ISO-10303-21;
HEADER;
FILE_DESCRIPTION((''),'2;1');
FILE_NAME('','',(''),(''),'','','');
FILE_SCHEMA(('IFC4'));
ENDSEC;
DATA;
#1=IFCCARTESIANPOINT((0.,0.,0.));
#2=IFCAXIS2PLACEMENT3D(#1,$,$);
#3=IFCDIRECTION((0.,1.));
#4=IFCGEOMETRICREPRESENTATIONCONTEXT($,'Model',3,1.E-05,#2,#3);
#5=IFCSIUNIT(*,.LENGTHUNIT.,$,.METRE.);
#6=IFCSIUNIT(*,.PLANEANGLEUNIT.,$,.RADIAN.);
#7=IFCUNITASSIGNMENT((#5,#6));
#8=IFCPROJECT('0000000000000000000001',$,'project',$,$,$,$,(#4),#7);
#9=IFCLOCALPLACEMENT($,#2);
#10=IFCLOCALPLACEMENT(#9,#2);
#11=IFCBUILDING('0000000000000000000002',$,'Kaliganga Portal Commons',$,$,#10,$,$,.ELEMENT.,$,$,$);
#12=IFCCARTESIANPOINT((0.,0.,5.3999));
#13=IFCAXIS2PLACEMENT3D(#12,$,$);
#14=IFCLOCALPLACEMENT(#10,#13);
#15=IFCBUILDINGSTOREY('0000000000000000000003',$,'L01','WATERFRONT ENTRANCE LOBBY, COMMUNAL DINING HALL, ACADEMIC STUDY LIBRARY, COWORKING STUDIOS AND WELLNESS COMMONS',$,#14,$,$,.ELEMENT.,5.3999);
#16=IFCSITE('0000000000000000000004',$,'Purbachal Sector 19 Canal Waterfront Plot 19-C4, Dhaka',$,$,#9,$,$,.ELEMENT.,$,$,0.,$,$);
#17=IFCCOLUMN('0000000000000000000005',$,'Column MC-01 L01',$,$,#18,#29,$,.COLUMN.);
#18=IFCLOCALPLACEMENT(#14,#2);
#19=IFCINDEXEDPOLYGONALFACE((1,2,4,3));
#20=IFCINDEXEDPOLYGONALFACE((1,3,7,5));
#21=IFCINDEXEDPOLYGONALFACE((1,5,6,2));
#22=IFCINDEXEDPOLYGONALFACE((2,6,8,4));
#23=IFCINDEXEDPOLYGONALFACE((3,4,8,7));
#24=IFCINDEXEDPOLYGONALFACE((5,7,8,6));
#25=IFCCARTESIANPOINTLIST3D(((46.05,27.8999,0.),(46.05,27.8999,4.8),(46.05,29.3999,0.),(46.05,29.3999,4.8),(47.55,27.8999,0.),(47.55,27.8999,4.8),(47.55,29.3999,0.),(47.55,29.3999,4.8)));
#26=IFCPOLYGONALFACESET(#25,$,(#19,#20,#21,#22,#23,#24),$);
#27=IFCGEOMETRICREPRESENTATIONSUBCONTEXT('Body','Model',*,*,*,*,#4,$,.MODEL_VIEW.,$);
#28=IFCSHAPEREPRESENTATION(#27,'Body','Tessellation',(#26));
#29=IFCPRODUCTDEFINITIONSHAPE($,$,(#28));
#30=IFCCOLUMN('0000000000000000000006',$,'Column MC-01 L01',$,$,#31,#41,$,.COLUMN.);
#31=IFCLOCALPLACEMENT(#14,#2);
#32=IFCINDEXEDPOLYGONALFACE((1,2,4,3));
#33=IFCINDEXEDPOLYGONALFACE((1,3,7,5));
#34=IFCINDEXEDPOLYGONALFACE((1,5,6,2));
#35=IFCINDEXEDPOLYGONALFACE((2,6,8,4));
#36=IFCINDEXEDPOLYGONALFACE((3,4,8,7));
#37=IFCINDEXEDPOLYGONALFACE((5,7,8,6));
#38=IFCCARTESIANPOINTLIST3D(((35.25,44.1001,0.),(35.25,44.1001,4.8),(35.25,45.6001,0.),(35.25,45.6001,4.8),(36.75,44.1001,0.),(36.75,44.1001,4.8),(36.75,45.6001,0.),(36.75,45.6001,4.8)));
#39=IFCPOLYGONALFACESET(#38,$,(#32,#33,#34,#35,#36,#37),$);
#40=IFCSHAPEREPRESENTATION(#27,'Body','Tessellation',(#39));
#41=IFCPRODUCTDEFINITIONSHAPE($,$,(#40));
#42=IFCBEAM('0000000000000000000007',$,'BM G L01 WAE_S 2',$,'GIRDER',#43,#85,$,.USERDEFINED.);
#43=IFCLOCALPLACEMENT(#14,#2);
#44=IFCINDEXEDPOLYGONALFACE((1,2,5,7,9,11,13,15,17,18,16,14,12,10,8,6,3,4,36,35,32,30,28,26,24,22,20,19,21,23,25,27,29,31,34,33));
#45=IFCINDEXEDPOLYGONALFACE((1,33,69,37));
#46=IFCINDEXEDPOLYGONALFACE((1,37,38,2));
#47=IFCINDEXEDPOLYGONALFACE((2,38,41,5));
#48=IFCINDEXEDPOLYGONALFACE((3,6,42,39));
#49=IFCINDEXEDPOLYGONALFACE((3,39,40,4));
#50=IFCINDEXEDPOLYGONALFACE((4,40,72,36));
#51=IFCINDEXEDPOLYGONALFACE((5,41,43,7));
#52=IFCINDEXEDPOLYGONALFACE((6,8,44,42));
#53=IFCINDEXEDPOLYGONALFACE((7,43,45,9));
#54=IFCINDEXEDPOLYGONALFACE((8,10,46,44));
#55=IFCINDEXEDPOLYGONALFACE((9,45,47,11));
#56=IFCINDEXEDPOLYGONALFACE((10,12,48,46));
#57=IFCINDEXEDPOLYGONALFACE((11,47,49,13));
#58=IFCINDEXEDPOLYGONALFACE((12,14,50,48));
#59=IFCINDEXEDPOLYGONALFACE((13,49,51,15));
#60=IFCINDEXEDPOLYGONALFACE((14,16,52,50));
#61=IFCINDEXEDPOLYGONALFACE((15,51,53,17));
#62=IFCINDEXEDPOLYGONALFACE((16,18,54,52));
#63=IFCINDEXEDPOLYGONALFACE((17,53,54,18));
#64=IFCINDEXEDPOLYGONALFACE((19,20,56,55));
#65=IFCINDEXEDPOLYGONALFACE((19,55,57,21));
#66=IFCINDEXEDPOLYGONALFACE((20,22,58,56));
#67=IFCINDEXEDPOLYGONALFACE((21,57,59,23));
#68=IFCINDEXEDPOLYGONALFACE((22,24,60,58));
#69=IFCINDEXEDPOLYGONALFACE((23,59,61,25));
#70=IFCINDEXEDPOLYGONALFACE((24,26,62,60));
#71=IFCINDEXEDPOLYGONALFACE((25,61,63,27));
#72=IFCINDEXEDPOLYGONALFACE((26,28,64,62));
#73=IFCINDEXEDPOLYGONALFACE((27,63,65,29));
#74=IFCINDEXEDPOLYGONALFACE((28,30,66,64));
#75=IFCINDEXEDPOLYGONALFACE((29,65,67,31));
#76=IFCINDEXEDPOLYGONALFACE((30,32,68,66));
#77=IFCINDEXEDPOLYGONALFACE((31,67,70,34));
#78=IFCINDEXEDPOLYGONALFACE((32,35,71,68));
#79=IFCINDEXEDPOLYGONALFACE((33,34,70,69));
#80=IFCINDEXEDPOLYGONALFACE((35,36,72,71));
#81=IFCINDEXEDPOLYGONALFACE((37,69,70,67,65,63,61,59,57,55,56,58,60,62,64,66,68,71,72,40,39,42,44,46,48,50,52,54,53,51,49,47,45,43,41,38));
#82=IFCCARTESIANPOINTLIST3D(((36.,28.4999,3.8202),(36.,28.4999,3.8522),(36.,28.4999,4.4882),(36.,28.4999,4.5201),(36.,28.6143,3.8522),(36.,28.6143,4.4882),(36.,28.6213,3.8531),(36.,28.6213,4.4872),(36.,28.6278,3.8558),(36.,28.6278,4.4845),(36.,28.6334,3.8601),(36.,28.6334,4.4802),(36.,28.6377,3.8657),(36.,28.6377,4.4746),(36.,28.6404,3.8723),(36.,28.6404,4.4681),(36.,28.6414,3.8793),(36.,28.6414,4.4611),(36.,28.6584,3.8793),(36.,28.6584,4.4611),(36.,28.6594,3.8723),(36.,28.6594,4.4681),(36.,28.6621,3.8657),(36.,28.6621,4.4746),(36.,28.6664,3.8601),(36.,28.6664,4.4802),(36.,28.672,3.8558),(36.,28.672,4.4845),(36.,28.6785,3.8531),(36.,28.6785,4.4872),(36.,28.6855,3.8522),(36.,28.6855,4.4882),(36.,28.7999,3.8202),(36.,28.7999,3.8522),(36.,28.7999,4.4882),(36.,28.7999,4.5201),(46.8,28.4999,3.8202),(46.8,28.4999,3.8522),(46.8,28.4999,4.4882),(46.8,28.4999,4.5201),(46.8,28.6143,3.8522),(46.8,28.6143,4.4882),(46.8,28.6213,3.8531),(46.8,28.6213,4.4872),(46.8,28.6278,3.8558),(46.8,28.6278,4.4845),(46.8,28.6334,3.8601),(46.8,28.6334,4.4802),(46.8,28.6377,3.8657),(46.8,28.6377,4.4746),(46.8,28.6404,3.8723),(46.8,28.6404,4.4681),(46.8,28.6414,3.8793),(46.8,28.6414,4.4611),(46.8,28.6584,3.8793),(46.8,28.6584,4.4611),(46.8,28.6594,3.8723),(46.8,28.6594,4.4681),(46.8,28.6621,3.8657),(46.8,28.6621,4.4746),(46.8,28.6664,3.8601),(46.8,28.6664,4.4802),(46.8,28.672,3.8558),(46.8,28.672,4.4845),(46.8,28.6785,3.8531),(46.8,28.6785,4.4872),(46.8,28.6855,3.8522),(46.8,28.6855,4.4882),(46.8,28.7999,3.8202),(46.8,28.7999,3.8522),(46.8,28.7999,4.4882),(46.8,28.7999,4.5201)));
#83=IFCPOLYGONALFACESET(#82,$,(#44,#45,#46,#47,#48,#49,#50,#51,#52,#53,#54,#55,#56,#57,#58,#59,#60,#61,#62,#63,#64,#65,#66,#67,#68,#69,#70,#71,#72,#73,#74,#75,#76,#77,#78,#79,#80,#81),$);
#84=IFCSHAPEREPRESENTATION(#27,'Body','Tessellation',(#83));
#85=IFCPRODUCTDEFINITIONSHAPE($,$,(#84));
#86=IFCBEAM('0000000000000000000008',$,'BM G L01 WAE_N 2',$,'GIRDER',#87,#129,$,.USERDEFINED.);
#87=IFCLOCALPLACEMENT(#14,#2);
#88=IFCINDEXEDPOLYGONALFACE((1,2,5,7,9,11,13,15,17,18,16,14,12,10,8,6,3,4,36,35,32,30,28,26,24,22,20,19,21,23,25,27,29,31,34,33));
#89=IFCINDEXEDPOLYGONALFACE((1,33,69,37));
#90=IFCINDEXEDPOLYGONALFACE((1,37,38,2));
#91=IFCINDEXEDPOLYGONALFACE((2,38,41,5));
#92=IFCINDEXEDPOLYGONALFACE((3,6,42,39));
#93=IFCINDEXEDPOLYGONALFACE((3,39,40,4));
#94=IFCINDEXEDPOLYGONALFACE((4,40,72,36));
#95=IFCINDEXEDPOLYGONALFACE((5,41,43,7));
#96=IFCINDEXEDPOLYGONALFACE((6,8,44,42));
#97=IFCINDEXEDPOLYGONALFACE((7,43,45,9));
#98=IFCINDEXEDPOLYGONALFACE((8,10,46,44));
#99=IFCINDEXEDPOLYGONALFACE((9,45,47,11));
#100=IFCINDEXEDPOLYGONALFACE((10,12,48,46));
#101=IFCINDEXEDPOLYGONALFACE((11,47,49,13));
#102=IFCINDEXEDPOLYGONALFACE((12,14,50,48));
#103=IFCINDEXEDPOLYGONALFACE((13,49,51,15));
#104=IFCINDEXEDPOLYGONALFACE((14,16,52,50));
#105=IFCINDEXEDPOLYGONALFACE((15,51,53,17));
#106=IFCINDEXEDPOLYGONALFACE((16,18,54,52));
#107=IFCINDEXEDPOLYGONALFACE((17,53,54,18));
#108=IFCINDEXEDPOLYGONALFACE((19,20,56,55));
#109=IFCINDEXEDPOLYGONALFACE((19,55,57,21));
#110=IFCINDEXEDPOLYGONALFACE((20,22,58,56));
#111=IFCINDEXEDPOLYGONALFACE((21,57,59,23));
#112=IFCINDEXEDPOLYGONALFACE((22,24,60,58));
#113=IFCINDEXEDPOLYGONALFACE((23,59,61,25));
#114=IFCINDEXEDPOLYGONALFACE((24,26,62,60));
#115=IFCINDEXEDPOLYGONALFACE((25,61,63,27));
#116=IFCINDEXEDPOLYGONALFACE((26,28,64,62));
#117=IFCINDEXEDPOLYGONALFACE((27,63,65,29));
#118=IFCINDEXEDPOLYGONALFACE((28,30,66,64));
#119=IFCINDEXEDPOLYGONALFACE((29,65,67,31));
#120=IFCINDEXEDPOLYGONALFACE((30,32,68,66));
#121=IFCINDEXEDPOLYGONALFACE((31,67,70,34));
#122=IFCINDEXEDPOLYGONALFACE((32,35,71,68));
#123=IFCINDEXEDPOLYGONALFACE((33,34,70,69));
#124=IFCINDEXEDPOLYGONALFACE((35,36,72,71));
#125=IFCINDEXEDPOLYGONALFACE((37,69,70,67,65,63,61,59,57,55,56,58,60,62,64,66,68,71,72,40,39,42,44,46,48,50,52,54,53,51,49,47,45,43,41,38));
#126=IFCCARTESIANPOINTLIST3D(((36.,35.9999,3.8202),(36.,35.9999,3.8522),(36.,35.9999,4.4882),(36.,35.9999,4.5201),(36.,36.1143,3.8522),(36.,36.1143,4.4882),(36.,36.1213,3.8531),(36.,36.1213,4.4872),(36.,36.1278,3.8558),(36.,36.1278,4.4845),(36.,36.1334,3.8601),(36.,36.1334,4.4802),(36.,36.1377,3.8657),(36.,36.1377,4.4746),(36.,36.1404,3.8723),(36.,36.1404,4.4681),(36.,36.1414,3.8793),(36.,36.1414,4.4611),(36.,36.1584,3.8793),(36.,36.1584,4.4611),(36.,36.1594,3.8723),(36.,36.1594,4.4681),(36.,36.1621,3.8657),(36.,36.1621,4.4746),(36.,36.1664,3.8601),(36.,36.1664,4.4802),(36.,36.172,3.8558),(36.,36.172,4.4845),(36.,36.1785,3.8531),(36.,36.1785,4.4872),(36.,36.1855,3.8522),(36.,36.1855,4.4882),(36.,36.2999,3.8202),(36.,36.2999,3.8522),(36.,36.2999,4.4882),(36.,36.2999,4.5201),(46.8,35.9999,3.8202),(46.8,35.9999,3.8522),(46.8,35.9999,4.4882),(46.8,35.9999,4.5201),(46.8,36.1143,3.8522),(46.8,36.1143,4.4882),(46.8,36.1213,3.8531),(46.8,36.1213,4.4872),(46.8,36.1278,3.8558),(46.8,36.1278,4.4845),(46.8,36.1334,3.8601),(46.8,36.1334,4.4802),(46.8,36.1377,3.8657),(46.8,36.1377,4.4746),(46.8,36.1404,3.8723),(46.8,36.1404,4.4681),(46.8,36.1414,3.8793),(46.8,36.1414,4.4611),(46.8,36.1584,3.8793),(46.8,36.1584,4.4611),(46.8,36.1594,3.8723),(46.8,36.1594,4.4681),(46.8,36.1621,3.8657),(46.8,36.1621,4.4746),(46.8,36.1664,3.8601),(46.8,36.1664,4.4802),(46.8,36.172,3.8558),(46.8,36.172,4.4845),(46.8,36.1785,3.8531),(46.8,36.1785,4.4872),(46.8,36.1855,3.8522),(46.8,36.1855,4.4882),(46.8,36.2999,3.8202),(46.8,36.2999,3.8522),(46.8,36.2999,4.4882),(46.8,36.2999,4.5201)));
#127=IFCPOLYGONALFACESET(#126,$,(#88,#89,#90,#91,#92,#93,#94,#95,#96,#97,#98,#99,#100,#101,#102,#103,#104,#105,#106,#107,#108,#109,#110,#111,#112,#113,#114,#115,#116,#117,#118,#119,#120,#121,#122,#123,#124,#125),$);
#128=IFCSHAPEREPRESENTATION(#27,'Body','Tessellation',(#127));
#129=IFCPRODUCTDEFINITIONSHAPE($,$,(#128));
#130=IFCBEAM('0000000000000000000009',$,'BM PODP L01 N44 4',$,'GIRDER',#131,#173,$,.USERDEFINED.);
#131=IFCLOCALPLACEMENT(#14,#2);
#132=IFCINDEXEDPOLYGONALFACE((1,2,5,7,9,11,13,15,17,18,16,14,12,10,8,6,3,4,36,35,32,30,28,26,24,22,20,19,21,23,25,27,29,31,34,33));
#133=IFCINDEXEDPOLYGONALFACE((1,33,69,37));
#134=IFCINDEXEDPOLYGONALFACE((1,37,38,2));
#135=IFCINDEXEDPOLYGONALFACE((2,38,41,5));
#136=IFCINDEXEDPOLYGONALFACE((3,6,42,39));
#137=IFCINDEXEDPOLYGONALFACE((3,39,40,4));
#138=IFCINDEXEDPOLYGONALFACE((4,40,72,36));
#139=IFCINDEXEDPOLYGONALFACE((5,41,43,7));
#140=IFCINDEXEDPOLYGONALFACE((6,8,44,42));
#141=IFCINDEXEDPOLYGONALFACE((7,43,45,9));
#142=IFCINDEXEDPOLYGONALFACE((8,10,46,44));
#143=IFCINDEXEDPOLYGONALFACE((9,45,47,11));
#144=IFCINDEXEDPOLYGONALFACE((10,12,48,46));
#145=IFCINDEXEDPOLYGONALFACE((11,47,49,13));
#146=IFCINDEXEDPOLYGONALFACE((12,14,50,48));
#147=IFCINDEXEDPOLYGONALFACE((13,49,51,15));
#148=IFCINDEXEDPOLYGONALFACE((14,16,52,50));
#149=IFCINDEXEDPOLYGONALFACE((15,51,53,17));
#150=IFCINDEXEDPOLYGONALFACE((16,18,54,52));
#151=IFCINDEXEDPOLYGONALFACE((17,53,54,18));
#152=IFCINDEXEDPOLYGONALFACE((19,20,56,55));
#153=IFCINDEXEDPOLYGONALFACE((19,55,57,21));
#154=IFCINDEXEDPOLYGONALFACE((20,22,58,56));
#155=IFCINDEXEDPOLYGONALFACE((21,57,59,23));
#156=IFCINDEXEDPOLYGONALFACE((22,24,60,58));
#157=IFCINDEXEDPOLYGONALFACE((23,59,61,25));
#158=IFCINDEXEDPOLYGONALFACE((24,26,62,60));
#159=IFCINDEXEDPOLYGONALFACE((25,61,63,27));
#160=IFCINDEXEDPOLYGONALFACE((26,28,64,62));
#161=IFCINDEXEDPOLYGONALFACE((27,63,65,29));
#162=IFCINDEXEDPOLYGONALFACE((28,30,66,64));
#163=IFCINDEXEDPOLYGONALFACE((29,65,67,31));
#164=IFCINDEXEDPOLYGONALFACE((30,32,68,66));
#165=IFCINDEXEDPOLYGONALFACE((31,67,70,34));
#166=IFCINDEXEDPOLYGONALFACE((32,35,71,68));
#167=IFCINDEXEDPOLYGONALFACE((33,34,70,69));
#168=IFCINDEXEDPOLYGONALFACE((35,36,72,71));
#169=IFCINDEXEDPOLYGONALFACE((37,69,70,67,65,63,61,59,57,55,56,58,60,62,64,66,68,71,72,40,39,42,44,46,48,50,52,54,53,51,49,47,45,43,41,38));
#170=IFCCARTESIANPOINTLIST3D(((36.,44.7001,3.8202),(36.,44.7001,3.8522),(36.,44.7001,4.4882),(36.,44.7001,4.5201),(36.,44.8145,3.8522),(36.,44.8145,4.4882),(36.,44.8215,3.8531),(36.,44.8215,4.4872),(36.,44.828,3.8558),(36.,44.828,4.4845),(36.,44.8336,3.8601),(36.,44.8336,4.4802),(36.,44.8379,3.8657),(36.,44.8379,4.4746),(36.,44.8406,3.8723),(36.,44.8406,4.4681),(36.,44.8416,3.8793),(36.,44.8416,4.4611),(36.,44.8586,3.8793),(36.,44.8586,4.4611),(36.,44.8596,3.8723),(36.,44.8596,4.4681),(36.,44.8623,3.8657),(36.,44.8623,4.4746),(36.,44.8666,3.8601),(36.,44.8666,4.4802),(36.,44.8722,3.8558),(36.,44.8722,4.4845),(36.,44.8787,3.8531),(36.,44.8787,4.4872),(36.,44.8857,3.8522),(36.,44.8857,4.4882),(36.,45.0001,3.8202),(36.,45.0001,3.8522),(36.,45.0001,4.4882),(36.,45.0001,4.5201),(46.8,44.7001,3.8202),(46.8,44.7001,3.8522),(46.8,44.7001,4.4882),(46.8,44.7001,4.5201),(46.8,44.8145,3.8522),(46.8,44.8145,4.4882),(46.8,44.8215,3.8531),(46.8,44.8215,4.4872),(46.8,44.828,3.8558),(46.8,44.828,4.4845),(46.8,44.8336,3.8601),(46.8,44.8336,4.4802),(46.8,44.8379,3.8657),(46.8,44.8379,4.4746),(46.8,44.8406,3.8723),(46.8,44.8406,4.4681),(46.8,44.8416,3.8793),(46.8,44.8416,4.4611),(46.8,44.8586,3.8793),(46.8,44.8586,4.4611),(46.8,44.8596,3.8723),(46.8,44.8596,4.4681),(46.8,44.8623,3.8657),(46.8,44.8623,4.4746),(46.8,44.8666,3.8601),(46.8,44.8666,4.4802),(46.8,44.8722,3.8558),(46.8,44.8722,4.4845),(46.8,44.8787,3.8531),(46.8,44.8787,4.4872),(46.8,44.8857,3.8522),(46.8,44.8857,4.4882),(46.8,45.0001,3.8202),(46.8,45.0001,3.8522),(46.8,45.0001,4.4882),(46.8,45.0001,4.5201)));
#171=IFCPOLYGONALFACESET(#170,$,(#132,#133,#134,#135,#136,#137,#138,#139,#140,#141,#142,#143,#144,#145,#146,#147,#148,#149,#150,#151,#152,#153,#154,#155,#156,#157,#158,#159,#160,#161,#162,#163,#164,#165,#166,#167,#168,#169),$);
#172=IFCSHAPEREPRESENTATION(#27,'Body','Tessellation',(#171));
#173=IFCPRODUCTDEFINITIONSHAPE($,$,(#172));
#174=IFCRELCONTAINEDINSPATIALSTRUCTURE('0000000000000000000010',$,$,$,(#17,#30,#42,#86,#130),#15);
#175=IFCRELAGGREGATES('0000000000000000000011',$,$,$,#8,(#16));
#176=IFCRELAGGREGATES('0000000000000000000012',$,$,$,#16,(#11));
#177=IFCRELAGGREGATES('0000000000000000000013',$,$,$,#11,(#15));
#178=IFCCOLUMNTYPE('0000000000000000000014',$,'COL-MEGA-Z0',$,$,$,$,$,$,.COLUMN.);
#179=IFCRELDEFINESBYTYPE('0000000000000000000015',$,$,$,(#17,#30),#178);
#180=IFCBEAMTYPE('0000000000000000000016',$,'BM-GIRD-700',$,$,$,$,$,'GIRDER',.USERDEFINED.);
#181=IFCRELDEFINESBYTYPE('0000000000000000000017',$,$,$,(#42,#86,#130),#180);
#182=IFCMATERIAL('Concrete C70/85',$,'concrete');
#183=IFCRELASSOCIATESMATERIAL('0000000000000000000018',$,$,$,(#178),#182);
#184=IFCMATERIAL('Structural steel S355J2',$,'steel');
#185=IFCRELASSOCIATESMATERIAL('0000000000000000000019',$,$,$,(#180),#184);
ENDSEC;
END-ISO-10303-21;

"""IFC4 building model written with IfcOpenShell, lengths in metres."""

from ifc_helpers import new_model, si_unit, direction, frame, origin, origin_2d, place, context, subcontext, project, spatial, rectangle, i_section, extrude, source, transform, mapped, material, material_profile, profile_set, type_object, element, save


model = new_model("IFC4")

# Units and contexts
model_context = context("Model", 3, precision=1e-05, world=origin(), true_north=direction((0.0, 1.0)))
body_context = subcontext(model_context, "Body", "Model", "MODEL_VIEW")
ifc_project = project(units=[si_unit("LENGTHUNIT", "METRE"), si_unit("PLANEANGLEUNIT", "RADIAN")], contexts=[model_context])

# Site, building, storey
site_placement = place(None, origin())
site = spatial("IfcSite", under=ifc_project, at=site_placement, Name="Purbachal Sector 19 Canal Waterfront Plot 19-C4, Dhaka", CompositionType="ELEMENT", RefElevation=0.0)
building_placement = place(site_placement, origin())
building = spatial("IfcBuilding", under=site, at=building_placement, Name="Kaliganga Portal Commons", CompositionType="ELEMENT")
storey_placement = place(building_placement, frame((0.0, 0.0, 5.3999)))
storey = spatial("IfcBuildingStorey", under=building, at=storey_placement, Name="L01", Description="WATERFRONT ENTRANCE LOBBY, COMMUNAL DINING HALL, ACADEMIC STUDY LIBRARY, COWORKING STUDIOS AND WELLNESS COMMONS", CompositionType="ELEMENT", Elevation=5.3999)

# Columns
ifc_material_1 = material(Name="Concrete C70/85", Category="concrete")
ifc_material_profile_1 = material_profile(ifc_material_1, rectangle(XDim=1.5, YDim=1.5, at=origin_2d()), Name="RC 1500x1500")
ifc_profile_set_1 = profile_set([ifc_material_profile_1], Name="Concrete C70/85")
column_type = type_object("IfcColumnType", Name="COL-MEGA-Z0", PredefinedType="COLUMN", material=ifc_profile_set_1)
shared_shape_1 = source(origin(), body_context, "Body", "SweptSolid", [
    extrude(rectangle(XDim=1.5, YDim=1.5, at=origin_2d()), origin(), (0.0, 0.0, 1.0), 4.8),
])
for number, where, z_axis, x_axis, name in (
    (1, (46.8, 28.6499, 0.0), (0.0, 0.0, 1.0), (1.0, 0.0, 0.0), "Column MC-01 L01"),
    (2, (36.0, 44.8501, 0.0), (0.0, 0.0, 1.0), (1.0, 0.0, 0.0), "Column MC-01 L01"),
):
    element("IfcColumn", number, at=place(storey_placement, frame(where, z_axis=z_axis, x_axis=x_axis)), inside=storey, type_object=column_type, Name=name, PredefinedType="COLUMN", context=body_context, shape_type="MappedRepresentation", body=[
        mapped(shared_shape_1, transform((0.0, 0.0, 0.0), x_axis=(1.0, 0.0, 0.0), y_axis=(0.0, 1.0, 0.0), z_axis=(0.0, 0.0, 1.0), scale=1.0)),
    ])

# Beams
ifc_material_2 = material(Name="Structural steel S355J2", Category="steel")
ifc_material_profile_2 = material_profile(ifc_material_2, i_section(OverallWidth=0.3, OverallDepth=0.7, WebThickness=0.0171, FlangeThickness=0.032, FilletRadius=0.0271, at=origin_2d()), Name="HE 700 B")
ifc_profile_set_2 = profile_set([ifc_material_profile_2], Name="Structural steel S355J2 wide-flange")
beam_type_1 = type_object("IfcBeamType", Name="BM-GIRD-700", ElementType="GIRDER", PredefinedType="USERDEFINED", material=ifc_profile_set_2)
shared_shape_2 = source(origin(), body_context, "Body", "SweptSolid", [
    extrude(i_section(OverallWidth=0.3, OverallDepth=0.7, WebThickness=0.0171, FlangeThickness=0.032, FilletRadius=0.0271, at=origin_2d()), origin(), (0.0, 0.0, 1.0), 10.8),
])
for number, where, z_axis, x_axis, name in (
    (3, (36.0, 28.6499, 4.1702), (1.0, 0.0, 0.0), (0.0, 1.0, 0.0), "BM G L01 WAE_S 2"),
    (4, (36.0, 36.1499, 4.1702), (1.0, 0.0, 0.0), (0.0, 1.0, 0.0), "BM G L01 WAE_N 2"),
    (5, (36.0, 44.8501, 4.1702), (1.0, 0.0, 0.0), (0.0, 1.0, 0.0), "BM PODP L01 N44 4"),
):
    element("IfcBeam", number, at=place(storey_placement, frame(where, z_axis=z_axis, x_axis=x_axis)), inside=storey, type_object=beam_type_1, Name=name, ObjectType="GIRDER", PredefinedType="USERDEFINED", context=body_context, shape_type="MappedRepresentation", body=[
        mapped(shared_shape_2, transform((0.0, 0.0, 0.0), x_axis=(1.0, 0.0, 0.0), y_axis=(0.0, 1.0, 0.0), z_axis=(0.0, 0.0, 1.0), scale=1.0)),
    ])

save(model, "model.ifc")
